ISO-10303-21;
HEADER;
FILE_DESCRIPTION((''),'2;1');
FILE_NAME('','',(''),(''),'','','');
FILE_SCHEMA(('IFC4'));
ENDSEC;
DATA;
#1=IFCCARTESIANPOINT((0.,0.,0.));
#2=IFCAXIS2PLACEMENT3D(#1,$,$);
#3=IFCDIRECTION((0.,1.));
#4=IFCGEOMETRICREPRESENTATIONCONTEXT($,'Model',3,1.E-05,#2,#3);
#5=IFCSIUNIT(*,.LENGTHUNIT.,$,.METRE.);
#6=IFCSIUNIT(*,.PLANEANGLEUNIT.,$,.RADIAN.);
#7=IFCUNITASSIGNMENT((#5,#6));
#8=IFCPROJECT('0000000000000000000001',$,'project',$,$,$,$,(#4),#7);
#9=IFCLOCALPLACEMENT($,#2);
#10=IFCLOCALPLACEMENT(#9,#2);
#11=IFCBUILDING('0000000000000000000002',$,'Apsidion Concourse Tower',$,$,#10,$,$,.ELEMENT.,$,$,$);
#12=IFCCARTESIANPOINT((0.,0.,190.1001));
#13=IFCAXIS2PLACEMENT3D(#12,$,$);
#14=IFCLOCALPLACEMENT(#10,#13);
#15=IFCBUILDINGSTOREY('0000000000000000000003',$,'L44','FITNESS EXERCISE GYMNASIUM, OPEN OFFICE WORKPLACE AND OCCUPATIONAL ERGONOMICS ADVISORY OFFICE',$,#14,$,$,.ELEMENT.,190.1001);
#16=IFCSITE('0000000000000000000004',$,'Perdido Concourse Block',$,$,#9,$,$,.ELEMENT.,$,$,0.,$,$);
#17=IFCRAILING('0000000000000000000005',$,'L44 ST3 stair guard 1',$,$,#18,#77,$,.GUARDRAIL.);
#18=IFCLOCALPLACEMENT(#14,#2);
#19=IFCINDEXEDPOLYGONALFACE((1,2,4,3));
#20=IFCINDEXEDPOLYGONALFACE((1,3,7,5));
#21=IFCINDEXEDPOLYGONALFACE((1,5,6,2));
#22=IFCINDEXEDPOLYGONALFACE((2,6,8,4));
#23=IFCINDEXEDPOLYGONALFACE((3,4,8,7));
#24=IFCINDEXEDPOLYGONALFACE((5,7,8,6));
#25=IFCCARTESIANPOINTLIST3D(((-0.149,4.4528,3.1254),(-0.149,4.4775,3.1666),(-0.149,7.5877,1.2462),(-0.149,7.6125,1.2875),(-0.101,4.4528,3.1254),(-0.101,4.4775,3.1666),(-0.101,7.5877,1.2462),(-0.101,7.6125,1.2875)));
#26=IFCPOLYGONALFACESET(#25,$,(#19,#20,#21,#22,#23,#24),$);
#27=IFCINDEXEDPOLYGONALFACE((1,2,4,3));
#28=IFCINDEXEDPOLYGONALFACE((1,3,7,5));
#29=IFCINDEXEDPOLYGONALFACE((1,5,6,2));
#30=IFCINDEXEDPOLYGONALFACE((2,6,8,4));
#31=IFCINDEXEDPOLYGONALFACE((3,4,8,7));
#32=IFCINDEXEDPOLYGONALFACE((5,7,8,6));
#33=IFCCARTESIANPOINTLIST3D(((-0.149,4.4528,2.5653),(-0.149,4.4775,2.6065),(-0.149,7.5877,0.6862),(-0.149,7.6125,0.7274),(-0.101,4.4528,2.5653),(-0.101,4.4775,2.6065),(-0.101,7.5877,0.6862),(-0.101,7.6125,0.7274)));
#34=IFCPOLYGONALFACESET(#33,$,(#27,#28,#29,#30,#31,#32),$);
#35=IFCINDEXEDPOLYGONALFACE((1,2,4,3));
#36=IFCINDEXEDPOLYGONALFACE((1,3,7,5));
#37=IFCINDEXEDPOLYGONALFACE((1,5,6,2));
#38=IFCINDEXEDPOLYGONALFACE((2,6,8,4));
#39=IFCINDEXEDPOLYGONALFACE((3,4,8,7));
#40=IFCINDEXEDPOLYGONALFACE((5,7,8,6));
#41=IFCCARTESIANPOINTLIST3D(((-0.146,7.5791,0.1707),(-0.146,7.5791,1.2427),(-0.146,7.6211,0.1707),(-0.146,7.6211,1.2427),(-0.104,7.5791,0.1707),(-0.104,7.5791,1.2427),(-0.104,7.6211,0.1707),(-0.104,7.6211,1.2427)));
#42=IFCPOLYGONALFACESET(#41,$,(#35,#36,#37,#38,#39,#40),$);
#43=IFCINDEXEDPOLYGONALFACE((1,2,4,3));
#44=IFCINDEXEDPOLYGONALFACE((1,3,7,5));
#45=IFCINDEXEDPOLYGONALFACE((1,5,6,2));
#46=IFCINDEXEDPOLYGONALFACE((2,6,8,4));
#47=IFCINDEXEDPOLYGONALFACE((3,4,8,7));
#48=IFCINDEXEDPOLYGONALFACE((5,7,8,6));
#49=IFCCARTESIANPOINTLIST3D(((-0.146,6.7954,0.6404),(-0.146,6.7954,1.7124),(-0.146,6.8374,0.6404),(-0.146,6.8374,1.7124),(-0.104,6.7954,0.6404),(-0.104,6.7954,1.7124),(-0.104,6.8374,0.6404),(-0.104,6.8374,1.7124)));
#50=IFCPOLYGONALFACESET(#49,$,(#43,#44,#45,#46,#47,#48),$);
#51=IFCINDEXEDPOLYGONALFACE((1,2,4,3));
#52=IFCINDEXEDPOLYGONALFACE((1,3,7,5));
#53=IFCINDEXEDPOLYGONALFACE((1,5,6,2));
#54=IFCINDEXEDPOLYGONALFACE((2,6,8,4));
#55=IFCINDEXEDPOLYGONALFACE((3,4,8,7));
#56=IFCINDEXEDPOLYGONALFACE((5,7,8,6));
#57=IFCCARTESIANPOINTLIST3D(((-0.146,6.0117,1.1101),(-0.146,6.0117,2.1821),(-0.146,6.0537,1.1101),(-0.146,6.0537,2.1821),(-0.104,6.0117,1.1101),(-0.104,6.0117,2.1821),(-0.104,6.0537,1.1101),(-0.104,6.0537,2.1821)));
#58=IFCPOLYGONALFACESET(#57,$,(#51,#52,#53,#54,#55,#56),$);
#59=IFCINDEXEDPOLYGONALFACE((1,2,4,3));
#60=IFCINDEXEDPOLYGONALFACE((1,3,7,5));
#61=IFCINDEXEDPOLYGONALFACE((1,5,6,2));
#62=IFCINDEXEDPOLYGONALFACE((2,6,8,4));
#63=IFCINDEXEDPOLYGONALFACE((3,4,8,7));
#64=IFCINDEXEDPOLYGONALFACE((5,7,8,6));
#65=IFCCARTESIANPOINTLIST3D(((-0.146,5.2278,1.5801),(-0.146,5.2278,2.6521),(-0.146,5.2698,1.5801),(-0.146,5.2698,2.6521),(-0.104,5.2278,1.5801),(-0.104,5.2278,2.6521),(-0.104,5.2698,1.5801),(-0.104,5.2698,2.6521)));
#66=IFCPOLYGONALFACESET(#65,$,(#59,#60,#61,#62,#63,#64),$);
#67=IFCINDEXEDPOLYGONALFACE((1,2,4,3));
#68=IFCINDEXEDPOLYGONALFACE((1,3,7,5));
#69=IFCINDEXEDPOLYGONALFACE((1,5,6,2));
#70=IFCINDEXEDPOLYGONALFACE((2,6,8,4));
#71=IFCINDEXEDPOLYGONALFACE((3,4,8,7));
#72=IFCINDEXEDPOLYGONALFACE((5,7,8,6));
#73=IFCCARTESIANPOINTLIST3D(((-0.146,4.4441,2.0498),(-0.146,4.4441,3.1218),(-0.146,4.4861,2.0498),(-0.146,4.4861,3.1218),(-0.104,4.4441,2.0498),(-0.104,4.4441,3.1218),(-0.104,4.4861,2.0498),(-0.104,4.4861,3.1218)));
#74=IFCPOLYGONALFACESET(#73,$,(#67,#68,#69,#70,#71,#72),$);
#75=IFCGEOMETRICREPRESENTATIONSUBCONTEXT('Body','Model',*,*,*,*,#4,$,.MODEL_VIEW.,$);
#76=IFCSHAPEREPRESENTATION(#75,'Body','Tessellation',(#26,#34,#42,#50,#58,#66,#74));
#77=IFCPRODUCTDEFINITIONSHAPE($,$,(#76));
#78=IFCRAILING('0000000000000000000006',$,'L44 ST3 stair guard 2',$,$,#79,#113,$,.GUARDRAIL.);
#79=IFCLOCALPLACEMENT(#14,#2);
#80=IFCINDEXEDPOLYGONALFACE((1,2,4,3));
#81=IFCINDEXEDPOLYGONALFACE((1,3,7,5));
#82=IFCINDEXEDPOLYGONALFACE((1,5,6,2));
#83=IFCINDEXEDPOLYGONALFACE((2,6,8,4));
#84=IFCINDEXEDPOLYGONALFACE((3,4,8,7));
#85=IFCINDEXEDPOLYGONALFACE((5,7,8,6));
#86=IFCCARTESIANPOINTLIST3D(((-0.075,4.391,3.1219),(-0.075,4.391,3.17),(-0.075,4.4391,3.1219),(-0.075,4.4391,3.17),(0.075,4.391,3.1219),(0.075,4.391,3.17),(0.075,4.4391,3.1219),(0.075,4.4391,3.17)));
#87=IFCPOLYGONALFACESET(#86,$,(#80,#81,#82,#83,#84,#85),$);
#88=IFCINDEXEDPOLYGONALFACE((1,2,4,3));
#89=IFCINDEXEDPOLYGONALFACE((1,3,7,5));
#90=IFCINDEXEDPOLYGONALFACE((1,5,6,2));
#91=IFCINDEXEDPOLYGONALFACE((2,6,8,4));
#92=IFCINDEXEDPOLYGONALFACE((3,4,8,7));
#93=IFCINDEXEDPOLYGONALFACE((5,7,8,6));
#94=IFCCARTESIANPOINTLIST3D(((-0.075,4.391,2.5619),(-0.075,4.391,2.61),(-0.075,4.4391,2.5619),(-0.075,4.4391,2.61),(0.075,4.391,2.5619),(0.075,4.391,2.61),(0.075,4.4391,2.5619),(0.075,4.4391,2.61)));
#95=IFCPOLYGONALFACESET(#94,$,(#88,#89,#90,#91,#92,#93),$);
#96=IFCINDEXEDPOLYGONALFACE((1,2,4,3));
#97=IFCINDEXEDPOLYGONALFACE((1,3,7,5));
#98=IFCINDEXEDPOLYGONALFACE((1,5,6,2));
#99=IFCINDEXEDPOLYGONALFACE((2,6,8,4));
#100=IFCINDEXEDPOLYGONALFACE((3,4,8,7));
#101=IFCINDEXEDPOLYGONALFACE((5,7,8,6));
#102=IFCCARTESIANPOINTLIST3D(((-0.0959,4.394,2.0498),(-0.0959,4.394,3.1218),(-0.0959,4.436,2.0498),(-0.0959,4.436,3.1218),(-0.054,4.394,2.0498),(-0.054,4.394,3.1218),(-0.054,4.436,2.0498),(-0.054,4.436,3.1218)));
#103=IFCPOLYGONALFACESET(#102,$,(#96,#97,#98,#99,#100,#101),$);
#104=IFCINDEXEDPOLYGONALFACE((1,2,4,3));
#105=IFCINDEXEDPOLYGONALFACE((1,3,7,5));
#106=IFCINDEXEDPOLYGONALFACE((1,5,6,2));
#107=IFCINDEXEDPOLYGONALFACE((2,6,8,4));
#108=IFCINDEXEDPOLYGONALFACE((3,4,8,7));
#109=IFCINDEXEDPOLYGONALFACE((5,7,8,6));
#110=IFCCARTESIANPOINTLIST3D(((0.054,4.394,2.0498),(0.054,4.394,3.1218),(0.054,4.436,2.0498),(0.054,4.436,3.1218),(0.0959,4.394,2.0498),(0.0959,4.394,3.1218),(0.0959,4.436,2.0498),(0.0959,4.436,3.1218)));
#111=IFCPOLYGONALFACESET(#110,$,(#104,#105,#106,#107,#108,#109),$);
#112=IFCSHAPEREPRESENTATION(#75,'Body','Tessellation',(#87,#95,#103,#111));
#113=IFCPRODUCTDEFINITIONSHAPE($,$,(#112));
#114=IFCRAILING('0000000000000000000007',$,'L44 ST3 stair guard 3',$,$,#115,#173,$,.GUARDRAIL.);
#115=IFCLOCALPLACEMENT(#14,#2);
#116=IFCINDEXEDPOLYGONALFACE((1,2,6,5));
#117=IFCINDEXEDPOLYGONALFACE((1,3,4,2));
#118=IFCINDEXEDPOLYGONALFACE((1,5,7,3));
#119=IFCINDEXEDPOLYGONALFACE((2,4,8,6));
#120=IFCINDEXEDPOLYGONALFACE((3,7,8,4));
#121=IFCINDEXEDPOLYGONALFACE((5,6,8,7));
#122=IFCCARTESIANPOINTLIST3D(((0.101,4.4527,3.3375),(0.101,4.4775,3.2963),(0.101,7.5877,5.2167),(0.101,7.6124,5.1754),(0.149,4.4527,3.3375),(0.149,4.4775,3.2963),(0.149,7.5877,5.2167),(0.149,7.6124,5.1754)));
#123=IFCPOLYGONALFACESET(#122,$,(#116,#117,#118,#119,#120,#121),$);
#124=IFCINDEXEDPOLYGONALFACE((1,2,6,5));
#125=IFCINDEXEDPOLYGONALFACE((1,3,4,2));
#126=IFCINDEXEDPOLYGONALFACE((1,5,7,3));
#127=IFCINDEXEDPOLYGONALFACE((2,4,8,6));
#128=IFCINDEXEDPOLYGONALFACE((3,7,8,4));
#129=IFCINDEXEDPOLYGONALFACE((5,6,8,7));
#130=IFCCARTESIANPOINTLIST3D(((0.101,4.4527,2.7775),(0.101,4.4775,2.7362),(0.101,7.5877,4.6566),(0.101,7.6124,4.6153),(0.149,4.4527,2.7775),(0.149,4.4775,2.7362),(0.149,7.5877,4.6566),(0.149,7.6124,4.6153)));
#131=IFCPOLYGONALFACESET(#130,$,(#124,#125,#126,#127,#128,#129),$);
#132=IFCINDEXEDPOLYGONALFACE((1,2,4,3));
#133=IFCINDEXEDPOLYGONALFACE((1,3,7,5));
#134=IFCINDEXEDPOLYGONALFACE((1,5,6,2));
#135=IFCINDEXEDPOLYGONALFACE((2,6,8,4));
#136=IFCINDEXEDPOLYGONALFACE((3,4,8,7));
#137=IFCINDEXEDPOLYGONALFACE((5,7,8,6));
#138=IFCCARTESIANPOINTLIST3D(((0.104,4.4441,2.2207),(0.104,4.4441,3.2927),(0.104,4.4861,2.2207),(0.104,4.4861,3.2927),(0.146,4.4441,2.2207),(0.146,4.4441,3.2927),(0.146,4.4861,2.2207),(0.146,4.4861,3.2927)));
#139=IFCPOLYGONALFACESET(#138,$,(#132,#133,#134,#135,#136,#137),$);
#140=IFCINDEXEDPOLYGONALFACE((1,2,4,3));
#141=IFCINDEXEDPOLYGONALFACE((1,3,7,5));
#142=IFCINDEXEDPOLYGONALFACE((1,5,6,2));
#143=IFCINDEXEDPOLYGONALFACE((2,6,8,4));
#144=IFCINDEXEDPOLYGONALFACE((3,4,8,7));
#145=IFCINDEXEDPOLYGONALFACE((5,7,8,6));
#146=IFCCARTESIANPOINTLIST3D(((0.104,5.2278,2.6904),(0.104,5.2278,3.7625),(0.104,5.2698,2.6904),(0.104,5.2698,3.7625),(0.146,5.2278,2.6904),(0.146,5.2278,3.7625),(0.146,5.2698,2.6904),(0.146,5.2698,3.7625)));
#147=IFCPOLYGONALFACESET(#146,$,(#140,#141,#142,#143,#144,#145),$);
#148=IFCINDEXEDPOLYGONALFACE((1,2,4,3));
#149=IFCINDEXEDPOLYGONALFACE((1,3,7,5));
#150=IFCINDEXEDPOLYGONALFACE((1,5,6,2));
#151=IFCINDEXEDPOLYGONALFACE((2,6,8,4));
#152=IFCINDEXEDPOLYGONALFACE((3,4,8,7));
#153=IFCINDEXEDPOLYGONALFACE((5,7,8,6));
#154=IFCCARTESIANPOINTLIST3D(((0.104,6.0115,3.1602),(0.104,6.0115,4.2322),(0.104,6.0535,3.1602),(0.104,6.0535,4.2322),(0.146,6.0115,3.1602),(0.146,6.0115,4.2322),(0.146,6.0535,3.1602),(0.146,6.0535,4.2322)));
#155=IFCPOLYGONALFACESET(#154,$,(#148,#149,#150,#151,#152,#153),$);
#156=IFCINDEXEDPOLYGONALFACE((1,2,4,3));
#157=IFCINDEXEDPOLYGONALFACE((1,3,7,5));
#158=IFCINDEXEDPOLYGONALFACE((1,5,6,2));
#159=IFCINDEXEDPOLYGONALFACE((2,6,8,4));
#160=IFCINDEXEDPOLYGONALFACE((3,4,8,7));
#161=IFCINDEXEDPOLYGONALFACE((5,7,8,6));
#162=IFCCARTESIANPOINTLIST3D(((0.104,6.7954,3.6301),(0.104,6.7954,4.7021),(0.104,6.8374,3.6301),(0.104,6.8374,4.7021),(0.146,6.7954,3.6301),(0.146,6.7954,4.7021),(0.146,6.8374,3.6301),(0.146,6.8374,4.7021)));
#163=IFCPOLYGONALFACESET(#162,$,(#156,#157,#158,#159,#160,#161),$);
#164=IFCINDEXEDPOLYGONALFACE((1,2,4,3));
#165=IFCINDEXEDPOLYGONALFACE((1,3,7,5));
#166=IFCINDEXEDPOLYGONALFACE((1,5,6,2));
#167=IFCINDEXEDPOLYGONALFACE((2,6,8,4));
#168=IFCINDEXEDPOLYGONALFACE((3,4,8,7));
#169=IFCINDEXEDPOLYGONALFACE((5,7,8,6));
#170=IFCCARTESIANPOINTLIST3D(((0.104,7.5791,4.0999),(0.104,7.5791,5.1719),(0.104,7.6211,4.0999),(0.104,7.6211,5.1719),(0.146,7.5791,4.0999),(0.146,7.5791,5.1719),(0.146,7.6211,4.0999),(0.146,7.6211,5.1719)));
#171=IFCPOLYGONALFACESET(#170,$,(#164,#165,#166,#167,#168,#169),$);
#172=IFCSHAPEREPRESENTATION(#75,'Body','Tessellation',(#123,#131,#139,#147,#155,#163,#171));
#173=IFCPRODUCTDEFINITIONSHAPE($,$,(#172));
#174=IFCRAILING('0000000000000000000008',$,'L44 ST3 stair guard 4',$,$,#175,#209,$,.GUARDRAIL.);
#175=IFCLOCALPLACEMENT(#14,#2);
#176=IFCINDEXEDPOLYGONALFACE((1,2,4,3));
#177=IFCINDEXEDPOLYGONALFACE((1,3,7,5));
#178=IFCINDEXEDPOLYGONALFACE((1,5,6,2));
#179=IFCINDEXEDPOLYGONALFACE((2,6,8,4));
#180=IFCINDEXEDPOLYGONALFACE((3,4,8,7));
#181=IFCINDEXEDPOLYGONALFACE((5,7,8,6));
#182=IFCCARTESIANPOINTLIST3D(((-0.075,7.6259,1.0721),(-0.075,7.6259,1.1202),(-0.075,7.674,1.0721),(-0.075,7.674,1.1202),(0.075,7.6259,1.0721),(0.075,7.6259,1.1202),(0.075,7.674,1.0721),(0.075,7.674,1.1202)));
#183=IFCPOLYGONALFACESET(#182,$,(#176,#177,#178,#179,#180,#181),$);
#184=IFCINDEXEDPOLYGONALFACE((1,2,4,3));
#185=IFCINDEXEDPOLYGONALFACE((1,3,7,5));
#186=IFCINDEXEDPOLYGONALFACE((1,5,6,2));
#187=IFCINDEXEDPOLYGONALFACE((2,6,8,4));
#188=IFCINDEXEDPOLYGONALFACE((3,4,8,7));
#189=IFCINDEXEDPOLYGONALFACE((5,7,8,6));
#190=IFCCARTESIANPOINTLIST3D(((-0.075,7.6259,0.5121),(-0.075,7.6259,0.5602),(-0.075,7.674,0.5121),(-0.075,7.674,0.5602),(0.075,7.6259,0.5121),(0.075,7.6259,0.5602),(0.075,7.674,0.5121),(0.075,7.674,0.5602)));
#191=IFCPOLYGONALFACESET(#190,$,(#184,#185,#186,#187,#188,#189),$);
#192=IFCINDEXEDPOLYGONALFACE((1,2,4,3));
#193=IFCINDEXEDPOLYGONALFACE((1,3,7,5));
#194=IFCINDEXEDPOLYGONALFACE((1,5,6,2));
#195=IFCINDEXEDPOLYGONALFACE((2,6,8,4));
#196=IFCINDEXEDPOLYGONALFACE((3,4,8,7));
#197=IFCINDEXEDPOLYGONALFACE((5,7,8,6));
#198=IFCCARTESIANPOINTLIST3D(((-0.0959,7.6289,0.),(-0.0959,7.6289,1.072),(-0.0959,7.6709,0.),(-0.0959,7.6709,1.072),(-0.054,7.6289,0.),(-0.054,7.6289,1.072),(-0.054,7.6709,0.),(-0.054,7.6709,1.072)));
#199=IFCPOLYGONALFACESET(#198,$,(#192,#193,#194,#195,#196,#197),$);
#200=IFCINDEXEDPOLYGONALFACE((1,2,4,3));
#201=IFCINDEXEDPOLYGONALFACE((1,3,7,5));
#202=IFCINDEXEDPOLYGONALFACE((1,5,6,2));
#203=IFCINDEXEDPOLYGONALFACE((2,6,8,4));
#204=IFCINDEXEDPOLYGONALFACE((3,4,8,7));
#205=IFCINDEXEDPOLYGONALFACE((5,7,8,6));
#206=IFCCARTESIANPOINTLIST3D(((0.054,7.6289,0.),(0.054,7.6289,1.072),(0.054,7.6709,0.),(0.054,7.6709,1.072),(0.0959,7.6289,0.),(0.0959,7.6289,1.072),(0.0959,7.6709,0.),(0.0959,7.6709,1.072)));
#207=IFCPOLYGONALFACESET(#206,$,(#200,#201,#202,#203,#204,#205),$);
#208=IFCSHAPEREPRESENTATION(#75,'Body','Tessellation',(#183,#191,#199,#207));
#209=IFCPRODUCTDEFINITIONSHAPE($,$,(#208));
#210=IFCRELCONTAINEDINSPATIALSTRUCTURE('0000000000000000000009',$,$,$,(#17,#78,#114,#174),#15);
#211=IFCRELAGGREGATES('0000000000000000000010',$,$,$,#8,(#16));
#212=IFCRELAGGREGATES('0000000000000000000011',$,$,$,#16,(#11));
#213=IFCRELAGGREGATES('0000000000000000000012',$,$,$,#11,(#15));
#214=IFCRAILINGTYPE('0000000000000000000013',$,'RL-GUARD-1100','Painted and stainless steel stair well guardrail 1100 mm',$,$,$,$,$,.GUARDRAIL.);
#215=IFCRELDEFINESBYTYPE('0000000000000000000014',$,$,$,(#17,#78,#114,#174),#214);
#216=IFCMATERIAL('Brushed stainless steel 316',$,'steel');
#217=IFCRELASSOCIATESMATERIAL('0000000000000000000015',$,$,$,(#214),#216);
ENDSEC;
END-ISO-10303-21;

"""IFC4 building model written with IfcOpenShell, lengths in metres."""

from ifc_helpers import new_model, si_unit, direction, frame, origin, origin_2d, place, context, subcontext, project, spatial, rectangle, extrude, material, type_object, element, save


model = new_model("IFC4")

# Units and contexts
model_context = context("Model", 3, precision=1e-05, world=origin(), true_north=direction((0.0, 1.0)))
body_context = subcontext(model_context, "Body", "Model", "MODEL_VIEW")
ifc_project = project(units=[si_unit("LENGTHUNIT", "METRE"), si_unit("PLANEANGLEUNIT", "RADIAN")], contexts=[model_context])

# Site, building, storey
site_placement = place(None, origin())
site = spatial("IfcSite", under=ifc_project, at=site_placement, Name="Perdido Concourse Block", CompositionType="ELEMENT", RefElevation=0.0)
building_placement = place(site_placement, origin())
building = spatial("IfcBuilding", under=site, at=building_placement, Name="Apsidion Concourse Tower", CompositionType="ELEMENT")
storey_placement = place(building_placement, frame((0.0, 0.0, 190.1001)))
storey = spatial("IfcBuildingStorey", under=building, at=storey_placement, Name="L44", Description="FITNESS EXERCISE GYMNASIUM, OPEN OFFICE WORKPLACE AND OCCUPATIONAL ERGONOMICS ADVISORY OFFICE", CompositionType="ELEMENT", Elevation=190.1001)

# Railings
ifc_material_1 = material(Name="Brushed stainless steel 316", Category="steel")
railing_type_1 = type_object("IfcRailingType", Name="RL-GUARD-1100", Description="Painted and stainless steel stair well guardrail 1100 mm", PredefinedType="GUARDRAIL", material=ifc_material_1)
railing_1_placement = place(storey_placement, frame((-0.125, 7.6001, 0.1707)))
element("IfcRailing", 1, at=railing_1_placement, inside=storey, type_object=railing_type_1, Name="L44 ST3 stair guard 1", PredefinedType="GUARDRAIL", context=body_context, shape_type="SweptSolid", body=[
    extrude(rectangle(XDim=0.0481, YDim=0.0481, at=origin_2d()), frame((0.0, 0.0, 1.0962), z_axis=(0.0, -0.857717, 0.514122), x_axis=(1.0, 0.0, 0.0)), (0.0, 0.0, 1.0), 3.655),
    extrude(rectangle(XDim=0.0481, YDim=0.0481, at=origin_2d()), frame((0.0, 0.0, 0.5361), z_axis=(0.0, -0.857717, 0.514122), x_axis=(1.0, 0.0, 0.0)), (0.0, 0.0, 1.0), 3.655),
    extrude(rectangle(XDim=0.042, YDim=0.042, at=origin_2d()), origin(), (0.0, 0.0, 1.0), 1.072),
    extrude(rectangle(XDim=0.042, YDim=0.042, at=origin_2d()), frame((0.0, -0.7837, 0.4697)), (0.0, 0.0, 1.0), 1.072),
    extrude(rectangle(XDim=0.042, YDim=0.042, at=origin_2d()), frame((0.0, -1.5674, 0.9395)), (0.0, 0.0, 1.0), 1.072),
    extrude(rectangle(XDim=0.042, YDim=0.042, at=origin_2d()), frame((0.0, -2.3513, 1.4094)), (0.0, 0.0, 1.0), 1.072),
    extrude(rectangle(XDim=0.042, YDim=0.042, at=origin_2d()), frame((0.0, -3.135, 1.8792)), (0.0, 0.0, 1.0), 1.072),
])
railing_2_placement = place(storey_placement, frame((-0.075, 4.415, 2.0498)))
element("IfcRailing", 2, at=railing_2_placement, inside=storey, type_object=railing_type_1, Name="L44 ST3 stair guard 2", PredefinedType="GUARDRAIL", context=body_context, shape_type="SweptSolid", body=[
    extrude(rectangle(XDim=0.0481, YDim=0.0481, at=origin_2d()), frame((0.0, 0.0, 1.0962), z_axis=(1.0, 0.0, 0.0), x_axis=(0.0, 1.0, 0.0)), (0.0, 0.0, 1.0), 0.1499),
    extrude(rectangle(XDim=0.0481, YDim=0.0481, at=origin_2d()), frame((0.0, 0.0, 0.5361), z_axis=(1.0, 0.0, 0.0), x_axis=(0.0, 1.0, 0.0)), (0.0, 0.0, 1.0), 0.1499),
    extrude(rectangle(XDim=0.042, YDim=0.042, at=origin_2d()), origin(), (0.0, 0.0, 1.0), 1.072),
    extrude(rectangle(XDim=0.042, YDim=0.042, at=origin_2d()), frame((0.1499, 0.0, 0.0)), (0.0, 0.0, 1.0), 1.072),
])
railing_3_placement = place(storey_placement, frame((0.125, 4.4651, 2.2207)))
element("IfcRailing", 3, at=railing_3_placement, inside=storey, type_object=railing_type_1, Name="L44 ST3 stair guard 3", PredefinedType="GUARDRAIL", context=body_context, shape_type="SweptSolid", body=[
    extrude(rectangle(XDim=0.0481, YDim=0.0481, at=origin_2d()), frame((0.0, 0.0, 1.0962), z_axis=(0.0, 0.857717, 0.514122), x_axis=(-1.0, 0.0, 0.0)), (0.0, 0.0, 1.0), 3.655),
    extrude(rectangle(XDim=0.0481, YDim=0.0481, at=origin_2d()), frame((0.0, 0.0, 0.5361), z_axis=(0.0, 0.857717, 0.514122), x_axis=(-1.0, 0.0, 0.0)), (0.0, 0.0, 1.0), 3.655),
    extrude(rectangle(XDim=0.042, YDim=0.042, at=origin_2d()), origin(), (0.0, 0.0, 1.0), 1.072),
    extrude(rectangle(XDim=0.042, YDim=0.042, at=origin_2d()), frame((0.0, 0.7837, 0.4697)), (0.0, 0.0, 1.0), 1.072),
    extrude(rectangle(XDim=0.042, YDim=0.042, at=origin_2d()), frame((0.0, 1.5674, 0.9395)), (0.0, 0.0, 1.0), 1.072),
    extrude(rectangle(XDim=0.042, YDim=0.042, at=origin_2d()), frame((0.0, 2.3513, 1.4094)), (0.0, 0.0, 1.0), 1.072),
    extrude(rectangle(XDim=0.042, YDim=0.042, at=origin_2d()), frame((0.0, 3.135, 1.8792)), (0.0, 0.0, 1.0), 1.072),
])
railing_4_placement = place(storey_placement, frame((-0.075, 7.6499, 0.0)))
element("IfcRailing", 4, at=railing_4_placement, inside=storey, type_object=railing_type_1, Name="L44 ST3 stair guard 4", PredefinedType="GUARDRAIL", context=body_context, shape_type="SweptSolid", body=[
    extrude(rectangle(XDim=0.0481, YDim=0.0481, at=origin_2d()), frame((0.0, 0.0, 1.0962), z_axis=(1.0, 0.0, 0.0), x_axis=(0.0, 1.0, 0.0)), (0.0, 0.0, 1.0), 0.1499),
    extrude(rectangle(XDim=0.0481, YDim=0.0481, at=origin_2d()), frame((0.0, 0.0, 0.5361), z_axis=(1.0, 0.0, 0.0), x_axis=(0.0, 1.0, 0.0)), (0.0, 0.0, 1.0), 0.1499),
    extrude(rectangle(XDim=0.042, YDim=0.042, at=origin_2d()), origin(), (0.0, 0.0, 1.0), 1.072),
    extrude(rectangle(XDim=0.042, YDim=0.042, at=origin_2d()), frame((0.1499, 0.0, 0.0)), (0.0, 0.0, 1.0), 1.072),
])

save(model, "model.ifc")
